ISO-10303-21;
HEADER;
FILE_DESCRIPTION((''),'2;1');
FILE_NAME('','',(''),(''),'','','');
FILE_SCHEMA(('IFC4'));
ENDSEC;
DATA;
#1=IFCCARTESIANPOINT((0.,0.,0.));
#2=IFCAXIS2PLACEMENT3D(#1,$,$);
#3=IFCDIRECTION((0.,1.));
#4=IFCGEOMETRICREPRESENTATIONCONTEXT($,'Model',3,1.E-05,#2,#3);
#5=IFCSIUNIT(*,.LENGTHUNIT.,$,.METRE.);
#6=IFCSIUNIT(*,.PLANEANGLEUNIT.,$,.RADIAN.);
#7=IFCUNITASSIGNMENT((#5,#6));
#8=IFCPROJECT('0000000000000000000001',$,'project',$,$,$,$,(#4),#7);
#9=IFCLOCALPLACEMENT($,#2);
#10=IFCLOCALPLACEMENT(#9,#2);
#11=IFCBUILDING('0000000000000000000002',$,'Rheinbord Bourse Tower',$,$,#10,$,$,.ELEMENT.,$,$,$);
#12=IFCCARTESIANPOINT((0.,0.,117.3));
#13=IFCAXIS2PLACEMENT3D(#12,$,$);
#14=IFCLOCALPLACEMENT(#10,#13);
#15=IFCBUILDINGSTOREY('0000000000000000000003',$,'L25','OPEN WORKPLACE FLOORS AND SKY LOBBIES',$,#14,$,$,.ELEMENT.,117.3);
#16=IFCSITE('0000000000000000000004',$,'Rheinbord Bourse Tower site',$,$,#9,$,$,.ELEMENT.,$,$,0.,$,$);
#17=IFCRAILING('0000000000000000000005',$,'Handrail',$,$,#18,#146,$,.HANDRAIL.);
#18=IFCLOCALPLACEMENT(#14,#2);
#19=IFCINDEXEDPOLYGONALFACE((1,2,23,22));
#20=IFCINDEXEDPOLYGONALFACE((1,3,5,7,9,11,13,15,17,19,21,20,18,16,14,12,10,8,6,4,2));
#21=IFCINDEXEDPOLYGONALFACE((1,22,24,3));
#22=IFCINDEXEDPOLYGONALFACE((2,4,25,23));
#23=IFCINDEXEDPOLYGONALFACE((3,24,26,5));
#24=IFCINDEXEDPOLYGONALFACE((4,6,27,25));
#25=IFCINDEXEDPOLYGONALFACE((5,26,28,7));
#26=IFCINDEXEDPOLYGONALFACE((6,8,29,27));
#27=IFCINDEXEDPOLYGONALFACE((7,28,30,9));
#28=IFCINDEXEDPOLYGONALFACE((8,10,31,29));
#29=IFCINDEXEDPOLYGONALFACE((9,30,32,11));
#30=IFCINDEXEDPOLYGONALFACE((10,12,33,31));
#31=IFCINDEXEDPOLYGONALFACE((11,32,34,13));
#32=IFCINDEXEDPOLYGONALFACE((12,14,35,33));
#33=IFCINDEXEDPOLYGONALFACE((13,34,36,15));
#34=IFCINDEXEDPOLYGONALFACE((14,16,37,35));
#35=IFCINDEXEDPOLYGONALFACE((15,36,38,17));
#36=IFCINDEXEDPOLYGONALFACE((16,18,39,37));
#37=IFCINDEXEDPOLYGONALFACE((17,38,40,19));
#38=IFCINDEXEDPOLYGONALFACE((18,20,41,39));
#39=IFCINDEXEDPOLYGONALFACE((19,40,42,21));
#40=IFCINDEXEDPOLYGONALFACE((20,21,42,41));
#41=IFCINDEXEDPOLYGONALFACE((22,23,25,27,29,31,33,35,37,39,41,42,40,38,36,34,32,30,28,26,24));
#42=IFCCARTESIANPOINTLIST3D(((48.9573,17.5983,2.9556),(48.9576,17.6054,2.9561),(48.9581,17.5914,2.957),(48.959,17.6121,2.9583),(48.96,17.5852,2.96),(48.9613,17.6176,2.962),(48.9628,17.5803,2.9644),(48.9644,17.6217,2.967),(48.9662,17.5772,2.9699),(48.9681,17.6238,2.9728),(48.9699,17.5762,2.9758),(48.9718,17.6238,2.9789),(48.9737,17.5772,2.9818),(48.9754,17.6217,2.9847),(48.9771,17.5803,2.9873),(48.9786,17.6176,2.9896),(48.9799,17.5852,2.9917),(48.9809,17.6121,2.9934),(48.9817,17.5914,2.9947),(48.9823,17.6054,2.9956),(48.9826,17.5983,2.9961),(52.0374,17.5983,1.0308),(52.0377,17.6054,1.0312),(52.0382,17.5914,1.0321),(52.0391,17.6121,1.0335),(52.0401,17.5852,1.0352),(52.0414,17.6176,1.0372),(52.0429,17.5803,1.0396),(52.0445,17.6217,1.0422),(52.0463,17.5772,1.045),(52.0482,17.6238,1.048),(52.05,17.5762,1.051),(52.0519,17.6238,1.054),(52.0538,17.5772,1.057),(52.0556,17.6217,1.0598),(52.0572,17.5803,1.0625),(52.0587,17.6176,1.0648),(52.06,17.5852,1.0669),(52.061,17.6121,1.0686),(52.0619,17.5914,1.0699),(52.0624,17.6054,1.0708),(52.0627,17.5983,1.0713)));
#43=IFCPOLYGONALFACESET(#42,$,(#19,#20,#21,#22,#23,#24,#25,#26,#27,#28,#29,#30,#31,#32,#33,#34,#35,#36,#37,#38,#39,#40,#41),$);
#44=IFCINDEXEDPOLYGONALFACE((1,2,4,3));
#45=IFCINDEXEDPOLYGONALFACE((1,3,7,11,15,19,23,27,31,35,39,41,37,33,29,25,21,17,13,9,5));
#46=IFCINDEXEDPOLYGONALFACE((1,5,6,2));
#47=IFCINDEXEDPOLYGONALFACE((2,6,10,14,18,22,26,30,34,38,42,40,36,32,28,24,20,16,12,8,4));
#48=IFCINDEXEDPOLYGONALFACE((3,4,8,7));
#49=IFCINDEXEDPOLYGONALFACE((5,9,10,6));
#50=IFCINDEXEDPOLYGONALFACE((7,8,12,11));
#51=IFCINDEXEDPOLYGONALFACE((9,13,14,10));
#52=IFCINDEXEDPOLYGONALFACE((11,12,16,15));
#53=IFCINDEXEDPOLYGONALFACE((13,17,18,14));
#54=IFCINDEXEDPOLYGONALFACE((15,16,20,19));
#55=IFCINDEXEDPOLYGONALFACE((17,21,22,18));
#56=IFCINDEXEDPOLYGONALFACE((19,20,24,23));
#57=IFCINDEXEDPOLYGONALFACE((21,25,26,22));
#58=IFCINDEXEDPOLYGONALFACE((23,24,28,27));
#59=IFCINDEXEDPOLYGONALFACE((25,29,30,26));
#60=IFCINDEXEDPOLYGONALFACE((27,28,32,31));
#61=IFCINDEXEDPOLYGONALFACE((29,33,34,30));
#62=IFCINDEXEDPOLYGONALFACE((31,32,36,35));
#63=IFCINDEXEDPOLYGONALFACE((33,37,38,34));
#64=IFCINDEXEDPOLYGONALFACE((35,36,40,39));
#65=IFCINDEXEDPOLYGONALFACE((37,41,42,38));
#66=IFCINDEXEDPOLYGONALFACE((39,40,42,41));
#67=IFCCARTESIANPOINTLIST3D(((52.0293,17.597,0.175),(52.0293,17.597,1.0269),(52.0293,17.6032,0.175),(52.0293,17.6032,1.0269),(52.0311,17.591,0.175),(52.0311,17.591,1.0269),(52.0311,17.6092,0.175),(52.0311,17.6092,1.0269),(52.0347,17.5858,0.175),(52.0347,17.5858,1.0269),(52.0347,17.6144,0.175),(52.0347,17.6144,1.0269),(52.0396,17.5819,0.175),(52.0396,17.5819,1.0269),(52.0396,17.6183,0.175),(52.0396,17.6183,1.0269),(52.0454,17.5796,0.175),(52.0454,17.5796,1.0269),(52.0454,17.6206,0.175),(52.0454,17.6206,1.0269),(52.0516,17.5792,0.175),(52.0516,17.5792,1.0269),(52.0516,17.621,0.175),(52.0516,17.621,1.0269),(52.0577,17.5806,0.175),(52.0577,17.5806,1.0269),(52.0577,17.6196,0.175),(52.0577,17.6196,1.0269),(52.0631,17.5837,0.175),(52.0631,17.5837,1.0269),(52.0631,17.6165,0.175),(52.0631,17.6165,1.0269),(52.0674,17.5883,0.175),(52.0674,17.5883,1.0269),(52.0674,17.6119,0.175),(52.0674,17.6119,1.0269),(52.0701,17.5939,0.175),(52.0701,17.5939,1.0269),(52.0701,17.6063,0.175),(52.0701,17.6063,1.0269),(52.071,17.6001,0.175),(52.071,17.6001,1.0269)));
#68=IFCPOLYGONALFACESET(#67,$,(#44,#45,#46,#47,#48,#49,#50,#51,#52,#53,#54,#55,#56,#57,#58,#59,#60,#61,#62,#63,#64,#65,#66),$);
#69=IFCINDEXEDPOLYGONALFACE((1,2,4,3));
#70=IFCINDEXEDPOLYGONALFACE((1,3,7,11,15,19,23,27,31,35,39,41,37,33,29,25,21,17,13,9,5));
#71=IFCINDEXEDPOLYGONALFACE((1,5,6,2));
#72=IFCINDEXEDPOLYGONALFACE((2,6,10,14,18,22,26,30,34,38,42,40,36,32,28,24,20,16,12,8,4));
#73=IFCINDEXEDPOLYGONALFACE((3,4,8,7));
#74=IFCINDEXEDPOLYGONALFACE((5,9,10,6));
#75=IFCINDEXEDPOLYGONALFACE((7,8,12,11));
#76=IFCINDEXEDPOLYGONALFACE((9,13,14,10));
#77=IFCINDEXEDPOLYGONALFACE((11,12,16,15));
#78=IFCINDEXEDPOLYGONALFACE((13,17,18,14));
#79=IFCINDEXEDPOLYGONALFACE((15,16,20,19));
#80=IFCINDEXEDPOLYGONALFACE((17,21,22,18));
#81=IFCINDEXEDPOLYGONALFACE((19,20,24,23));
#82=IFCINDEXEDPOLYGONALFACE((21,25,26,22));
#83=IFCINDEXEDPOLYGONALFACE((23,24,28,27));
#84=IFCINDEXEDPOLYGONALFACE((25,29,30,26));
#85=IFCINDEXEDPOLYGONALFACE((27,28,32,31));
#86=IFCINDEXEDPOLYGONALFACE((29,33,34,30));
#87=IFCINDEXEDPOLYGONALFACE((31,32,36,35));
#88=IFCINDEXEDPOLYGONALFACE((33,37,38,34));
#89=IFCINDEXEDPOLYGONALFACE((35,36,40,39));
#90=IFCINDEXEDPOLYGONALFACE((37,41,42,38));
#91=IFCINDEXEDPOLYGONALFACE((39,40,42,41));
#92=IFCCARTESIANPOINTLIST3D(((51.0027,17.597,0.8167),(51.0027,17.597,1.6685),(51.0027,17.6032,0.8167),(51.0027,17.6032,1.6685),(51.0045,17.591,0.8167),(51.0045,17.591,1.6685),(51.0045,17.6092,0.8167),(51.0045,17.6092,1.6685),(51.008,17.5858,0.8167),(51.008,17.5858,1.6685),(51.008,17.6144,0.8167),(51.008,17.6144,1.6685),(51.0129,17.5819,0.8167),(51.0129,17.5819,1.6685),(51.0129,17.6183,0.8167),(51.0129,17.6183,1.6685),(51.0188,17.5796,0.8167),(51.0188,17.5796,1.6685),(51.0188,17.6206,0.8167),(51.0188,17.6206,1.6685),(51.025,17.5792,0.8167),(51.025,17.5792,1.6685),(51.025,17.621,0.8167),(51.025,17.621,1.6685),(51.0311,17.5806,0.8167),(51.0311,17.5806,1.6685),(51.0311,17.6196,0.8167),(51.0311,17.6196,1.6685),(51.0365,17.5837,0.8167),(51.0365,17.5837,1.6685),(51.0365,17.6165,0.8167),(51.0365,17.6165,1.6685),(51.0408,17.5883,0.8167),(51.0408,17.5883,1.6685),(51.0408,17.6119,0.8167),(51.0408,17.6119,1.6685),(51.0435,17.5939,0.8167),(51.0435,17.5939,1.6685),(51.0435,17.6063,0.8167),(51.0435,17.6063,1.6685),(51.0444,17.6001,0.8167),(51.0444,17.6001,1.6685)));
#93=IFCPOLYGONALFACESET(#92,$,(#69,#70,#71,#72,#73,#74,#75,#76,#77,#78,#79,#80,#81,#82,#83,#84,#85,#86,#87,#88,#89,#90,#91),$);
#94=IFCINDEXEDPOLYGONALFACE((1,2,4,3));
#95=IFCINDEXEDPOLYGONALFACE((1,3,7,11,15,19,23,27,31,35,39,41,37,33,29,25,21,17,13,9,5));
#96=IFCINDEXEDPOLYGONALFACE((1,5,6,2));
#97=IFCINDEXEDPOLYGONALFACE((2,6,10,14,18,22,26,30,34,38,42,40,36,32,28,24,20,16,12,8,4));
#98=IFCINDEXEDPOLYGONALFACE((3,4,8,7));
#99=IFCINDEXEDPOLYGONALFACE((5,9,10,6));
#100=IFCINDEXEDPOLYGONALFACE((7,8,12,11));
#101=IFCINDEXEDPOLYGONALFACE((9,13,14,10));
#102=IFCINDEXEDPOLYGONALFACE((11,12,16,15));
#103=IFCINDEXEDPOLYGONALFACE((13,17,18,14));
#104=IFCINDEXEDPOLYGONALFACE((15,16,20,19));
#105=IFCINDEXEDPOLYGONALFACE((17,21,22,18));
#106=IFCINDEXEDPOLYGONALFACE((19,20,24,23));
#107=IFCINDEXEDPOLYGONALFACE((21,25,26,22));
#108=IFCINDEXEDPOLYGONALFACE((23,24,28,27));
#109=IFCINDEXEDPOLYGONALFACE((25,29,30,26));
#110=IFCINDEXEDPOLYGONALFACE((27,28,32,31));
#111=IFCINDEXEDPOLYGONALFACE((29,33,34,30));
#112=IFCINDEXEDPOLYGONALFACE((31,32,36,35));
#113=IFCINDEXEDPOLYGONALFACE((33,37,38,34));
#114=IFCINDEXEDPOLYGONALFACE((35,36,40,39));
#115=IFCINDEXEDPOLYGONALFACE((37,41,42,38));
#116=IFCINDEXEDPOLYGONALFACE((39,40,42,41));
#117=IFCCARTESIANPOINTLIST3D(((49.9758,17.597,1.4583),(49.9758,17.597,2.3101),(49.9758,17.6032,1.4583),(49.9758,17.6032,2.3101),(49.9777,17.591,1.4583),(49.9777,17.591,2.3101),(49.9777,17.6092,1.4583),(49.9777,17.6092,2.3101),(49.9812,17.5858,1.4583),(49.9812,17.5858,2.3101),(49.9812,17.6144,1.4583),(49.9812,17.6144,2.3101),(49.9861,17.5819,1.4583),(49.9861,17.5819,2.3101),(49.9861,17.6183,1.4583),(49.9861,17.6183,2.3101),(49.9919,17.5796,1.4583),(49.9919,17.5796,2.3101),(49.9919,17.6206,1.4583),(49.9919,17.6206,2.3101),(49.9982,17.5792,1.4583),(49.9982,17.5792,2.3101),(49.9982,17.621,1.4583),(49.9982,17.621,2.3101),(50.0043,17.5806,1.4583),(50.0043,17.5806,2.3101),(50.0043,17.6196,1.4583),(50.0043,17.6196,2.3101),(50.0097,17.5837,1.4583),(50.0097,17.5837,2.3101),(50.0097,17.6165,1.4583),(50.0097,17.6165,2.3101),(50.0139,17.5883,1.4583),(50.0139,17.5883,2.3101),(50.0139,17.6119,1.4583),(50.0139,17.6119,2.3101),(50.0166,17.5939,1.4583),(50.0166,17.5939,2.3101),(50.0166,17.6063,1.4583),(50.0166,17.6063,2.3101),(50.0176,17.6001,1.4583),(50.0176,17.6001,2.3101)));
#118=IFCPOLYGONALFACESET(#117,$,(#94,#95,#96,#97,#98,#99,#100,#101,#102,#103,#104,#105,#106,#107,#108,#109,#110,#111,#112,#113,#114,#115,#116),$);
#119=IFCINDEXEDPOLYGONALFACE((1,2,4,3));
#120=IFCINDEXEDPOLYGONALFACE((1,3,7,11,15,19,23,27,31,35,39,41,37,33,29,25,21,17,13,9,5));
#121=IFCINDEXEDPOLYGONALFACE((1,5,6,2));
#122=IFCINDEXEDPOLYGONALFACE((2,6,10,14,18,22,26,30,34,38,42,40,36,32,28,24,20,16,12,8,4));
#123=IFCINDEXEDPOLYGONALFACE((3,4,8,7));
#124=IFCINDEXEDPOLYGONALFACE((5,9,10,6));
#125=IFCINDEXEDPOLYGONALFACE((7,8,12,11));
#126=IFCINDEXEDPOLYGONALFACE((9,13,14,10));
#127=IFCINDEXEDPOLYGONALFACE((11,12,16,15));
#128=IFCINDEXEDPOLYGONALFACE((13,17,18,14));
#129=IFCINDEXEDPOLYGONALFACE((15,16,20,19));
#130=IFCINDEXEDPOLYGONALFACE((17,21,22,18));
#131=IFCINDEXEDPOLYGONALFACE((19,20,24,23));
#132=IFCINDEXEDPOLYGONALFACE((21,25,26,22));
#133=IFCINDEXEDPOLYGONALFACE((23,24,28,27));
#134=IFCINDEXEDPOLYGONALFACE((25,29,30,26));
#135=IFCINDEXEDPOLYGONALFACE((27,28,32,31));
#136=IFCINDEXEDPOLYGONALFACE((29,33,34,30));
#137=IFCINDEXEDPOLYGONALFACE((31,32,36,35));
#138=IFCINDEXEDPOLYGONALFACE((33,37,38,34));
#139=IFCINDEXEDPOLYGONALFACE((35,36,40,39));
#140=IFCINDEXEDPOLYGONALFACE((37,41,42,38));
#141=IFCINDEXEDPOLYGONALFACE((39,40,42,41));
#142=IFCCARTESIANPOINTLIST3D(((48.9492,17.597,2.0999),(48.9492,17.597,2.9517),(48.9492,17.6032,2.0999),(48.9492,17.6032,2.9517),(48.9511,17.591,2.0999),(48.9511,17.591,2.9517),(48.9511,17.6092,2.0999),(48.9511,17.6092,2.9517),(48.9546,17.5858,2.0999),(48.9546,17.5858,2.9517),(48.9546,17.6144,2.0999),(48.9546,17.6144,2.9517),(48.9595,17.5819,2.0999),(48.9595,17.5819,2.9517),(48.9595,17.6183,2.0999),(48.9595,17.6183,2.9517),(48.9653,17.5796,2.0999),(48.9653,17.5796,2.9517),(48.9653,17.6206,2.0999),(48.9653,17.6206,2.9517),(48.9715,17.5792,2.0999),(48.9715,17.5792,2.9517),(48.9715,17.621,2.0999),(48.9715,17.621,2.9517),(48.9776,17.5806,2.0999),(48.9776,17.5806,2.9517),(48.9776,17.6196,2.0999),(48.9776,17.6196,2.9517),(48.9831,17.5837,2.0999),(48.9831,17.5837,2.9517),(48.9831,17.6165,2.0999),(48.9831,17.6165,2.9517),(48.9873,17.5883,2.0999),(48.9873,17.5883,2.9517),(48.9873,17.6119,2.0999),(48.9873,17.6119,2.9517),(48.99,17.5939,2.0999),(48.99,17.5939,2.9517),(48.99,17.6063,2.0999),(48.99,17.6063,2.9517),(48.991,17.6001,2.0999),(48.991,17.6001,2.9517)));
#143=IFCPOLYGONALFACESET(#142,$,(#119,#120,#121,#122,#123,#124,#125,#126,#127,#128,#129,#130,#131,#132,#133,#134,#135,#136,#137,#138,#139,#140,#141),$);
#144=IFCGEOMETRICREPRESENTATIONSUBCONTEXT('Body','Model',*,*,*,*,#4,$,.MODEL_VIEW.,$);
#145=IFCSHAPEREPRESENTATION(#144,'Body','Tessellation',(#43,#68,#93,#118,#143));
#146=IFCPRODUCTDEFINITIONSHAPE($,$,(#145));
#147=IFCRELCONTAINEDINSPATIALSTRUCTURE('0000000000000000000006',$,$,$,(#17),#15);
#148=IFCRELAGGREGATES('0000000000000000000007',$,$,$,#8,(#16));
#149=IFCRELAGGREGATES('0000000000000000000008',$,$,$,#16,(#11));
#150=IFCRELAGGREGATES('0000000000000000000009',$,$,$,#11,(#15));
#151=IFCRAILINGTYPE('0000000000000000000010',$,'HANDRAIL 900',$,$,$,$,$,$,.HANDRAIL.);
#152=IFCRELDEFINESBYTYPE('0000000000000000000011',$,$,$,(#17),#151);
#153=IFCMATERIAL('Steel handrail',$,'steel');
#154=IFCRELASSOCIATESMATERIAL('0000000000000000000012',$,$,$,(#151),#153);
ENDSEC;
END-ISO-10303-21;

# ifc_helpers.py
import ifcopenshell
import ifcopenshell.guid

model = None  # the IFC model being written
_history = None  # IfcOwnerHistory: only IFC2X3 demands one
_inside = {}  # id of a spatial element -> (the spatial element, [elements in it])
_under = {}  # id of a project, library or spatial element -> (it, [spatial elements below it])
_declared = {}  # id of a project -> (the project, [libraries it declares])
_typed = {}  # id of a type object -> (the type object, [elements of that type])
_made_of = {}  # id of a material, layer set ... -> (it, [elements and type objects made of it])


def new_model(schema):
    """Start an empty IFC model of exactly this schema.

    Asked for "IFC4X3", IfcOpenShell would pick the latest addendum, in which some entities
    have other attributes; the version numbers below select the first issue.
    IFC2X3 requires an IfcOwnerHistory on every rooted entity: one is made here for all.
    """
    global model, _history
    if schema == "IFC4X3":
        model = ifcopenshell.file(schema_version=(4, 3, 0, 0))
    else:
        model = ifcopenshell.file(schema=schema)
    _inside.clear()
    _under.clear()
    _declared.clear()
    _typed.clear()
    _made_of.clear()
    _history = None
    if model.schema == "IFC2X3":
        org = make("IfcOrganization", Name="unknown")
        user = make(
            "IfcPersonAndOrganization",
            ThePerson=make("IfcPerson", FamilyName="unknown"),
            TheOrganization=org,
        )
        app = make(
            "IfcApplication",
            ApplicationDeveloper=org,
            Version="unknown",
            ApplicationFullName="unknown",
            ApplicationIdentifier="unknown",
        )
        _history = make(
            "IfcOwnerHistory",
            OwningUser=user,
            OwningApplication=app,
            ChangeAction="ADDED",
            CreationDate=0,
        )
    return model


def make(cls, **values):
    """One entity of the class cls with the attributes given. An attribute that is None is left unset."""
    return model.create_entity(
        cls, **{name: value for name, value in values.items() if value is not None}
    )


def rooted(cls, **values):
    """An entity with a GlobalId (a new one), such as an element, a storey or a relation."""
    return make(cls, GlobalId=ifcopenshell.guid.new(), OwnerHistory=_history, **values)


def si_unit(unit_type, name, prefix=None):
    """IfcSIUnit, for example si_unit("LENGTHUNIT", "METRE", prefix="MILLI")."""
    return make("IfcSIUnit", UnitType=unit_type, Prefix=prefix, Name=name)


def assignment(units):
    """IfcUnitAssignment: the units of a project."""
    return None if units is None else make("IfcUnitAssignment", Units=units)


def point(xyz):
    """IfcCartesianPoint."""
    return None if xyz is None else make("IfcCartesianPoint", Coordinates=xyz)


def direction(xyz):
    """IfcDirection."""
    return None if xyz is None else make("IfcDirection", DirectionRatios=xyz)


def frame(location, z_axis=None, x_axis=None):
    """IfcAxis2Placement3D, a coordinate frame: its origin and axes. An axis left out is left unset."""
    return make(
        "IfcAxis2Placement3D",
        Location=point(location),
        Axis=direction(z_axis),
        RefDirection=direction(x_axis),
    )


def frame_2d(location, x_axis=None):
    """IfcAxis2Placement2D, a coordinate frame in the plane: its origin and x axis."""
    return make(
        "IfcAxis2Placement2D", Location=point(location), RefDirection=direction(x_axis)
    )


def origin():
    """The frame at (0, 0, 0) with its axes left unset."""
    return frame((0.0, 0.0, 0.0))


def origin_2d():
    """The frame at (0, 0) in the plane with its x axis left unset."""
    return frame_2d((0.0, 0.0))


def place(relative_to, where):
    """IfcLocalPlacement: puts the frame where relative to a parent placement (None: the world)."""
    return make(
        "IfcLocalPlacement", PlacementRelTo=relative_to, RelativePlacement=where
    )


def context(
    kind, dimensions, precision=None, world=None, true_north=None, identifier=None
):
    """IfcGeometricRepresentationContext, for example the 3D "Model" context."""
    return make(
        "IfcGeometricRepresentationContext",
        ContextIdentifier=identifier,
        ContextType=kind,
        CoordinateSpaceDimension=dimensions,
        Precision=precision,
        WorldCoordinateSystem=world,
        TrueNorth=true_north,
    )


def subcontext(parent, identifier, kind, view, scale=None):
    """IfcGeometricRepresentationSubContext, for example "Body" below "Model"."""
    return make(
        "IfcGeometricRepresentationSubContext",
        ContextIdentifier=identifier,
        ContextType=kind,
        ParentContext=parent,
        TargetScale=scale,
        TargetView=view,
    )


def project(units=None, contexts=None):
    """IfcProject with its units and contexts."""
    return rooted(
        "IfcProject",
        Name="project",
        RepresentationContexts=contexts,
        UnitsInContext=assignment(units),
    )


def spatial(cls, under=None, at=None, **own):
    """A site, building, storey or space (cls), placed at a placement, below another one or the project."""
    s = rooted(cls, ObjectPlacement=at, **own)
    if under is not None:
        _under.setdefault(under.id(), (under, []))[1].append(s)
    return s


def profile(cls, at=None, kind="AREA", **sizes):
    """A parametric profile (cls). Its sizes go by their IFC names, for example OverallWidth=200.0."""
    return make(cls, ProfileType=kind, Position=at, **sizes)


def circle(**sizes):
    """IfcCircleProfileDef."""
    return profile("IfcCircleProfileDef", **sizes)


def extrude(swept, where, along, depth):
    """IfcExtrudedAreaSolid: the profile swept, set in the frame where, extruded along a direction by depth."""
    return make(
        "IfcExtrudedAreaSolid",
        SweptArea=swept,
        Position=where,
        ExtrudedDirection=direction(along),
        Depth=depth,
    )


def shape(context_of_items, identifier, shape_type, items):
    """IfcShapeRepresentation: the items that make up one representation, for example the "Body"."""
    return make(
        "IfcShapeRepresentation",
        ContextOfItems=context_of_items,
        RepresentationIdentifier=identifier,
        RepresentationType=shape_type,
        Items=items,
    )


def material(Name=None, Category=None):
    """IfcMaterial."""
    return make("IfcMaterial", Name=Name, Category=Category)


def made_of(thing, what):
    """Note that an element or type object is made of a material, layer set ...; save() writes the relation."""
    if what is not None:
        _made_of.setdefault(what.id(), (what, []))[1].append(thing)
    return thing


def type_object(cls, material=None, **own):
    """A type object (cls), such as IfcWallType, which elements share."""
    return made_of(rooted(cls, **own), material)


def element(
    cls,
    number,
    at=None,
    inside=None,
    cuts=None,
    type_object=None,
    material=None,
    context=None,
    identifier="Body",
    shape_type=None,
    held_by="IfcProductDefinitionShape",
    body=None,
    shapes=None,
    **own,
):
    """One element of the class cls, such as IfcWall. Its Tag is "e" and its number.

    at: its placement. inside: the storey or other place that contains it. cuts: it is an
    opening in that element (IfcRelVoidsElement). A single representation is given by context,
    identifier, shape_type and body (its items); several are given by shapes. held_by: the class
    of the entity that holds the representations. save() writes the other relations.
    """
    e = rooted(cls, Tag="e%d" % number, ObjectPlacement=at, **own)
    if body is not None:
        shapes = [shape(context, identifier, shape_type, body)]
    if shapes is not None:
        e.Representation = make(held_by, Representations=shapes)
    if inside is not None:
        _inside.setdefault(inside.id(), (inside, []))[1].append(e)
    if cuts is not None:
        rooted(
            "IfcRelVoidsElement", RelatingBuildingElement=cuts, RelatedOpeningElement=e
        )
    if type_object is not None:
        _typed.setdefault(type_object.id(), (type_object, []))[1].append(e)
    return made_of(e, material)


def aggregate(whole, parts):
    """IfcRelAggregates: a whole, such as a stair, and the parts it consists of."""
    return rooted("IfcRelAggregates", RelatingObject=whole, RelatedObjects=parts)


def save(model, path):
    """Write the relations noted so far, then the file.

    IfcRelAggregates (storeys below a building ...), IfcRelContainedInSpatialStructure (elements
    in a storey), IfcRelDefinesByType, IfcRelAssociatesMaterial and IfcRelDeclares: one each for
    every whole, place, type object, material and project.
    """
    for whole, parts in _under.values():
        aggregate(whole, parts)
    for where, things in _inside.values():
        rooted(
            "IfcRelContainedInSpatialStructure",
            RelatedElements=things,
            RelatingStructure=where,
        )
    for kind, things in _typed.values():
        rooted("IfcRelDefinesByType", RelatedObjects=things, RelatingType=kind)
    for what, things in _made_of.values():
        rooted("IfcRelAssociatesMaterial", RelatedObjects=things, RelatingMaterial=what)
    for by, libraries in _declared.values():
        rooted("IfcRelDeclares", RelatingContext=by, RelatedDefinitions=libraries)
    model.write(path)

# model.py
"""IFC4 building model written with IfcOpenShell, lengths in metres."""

from ifc_helpers import new_model, si_unit, direction, frame, origin, origin_2d, place, context, subcontext, project, spatial, circle, extrude, material, type_object, element, save


model = new_model("IFC4")

# Units and contexts
model_context = context("Model", 3, precision=1e-05, world=origin(), true_north=direction((0.0, 1.0)))
body_context = subcontext(model_context, "Body", "Model", "MODEL_VIEW")
ifc_project = project(units=[si_unit("LENGTHUNIT", "METRE"), si_unit("PLANEANGLEUNIT", "RADIAN")], contexts=[model_context])

# Site, building, storey
site_placement = place(None, origin())
site = spatial("IfcSite", under=ifc_project, at=site_placement, Name="Rheinbord Bourse Tower site", CompositionType="ELEMENT", RefElevation=0.0)
building_placement = place(site_placement, origin())
building = spatial("IfcBuilding", under=site, at=building_placement, Name="Rheinbord Bourse Tower", CompositionType="ELEMENT")
storey_placement = place(building_placement, frame((0.0, 0.0, 117.3)))
storey = spatial("IfcBuildingStorey", under=building, at=storey_placement, Name="L25", Description="OPEN WORKPLACE FLOORS AND SKY LOBBIES", CompositionType="ELEMENT", Elevation=117.3)

# Railing
ifc_material_1 = material(Name="Steel handrail", Category="steel")
railing_type = type_object("IfcRailingType", Name="HANDRAIL 900", PredefinedType="HANDRAIL", material=ifc_material_1)
railing_1_placement = place(storey_placement, frame((52.05, 17.6001, 0.175)))
element("IfcRailing", 1, at=railing_1_placement, inside=storey, type_object=railing_type, Name="Handrail", PredefinedType="HANDRAIL", context=body_context, shape_type="SweptSolid", body=[
    extrude(circle(Radius=0.0239, at=origin_2d()), frame((0.0, 0.0, 0.876), z_axis=(-0.848029, 0.0, 0.529951), x_axis=(0.0, -1.0, 0.0)), (0.0, 0.0, 1.0), 3.6321),
    extrude(circle(Radius=0.021, at=origin_2d()), origin(), (0.0, 0.0, 1.0), 0.8518),
    extrude(circle(Radius=0.021, at=origin_2d()), frame((-1.0266, 0.0, 0.6416)), (0.0, 0.0, 1.0), 0.8518),
    extrude(circle(Radius=0.021, at=origin_2d()), frame((-2.0535, 0.0, 1.2832)), (0.0, 0.0, 1.0), 0.8518),
    extrude(circle(Radius=0.021, at=origin_2d()), frame((-3.0801, 0.0, 1.9248)), (0.0, 0.0, 1.0), 0.8518),
])

save(model, "model.ifc")
